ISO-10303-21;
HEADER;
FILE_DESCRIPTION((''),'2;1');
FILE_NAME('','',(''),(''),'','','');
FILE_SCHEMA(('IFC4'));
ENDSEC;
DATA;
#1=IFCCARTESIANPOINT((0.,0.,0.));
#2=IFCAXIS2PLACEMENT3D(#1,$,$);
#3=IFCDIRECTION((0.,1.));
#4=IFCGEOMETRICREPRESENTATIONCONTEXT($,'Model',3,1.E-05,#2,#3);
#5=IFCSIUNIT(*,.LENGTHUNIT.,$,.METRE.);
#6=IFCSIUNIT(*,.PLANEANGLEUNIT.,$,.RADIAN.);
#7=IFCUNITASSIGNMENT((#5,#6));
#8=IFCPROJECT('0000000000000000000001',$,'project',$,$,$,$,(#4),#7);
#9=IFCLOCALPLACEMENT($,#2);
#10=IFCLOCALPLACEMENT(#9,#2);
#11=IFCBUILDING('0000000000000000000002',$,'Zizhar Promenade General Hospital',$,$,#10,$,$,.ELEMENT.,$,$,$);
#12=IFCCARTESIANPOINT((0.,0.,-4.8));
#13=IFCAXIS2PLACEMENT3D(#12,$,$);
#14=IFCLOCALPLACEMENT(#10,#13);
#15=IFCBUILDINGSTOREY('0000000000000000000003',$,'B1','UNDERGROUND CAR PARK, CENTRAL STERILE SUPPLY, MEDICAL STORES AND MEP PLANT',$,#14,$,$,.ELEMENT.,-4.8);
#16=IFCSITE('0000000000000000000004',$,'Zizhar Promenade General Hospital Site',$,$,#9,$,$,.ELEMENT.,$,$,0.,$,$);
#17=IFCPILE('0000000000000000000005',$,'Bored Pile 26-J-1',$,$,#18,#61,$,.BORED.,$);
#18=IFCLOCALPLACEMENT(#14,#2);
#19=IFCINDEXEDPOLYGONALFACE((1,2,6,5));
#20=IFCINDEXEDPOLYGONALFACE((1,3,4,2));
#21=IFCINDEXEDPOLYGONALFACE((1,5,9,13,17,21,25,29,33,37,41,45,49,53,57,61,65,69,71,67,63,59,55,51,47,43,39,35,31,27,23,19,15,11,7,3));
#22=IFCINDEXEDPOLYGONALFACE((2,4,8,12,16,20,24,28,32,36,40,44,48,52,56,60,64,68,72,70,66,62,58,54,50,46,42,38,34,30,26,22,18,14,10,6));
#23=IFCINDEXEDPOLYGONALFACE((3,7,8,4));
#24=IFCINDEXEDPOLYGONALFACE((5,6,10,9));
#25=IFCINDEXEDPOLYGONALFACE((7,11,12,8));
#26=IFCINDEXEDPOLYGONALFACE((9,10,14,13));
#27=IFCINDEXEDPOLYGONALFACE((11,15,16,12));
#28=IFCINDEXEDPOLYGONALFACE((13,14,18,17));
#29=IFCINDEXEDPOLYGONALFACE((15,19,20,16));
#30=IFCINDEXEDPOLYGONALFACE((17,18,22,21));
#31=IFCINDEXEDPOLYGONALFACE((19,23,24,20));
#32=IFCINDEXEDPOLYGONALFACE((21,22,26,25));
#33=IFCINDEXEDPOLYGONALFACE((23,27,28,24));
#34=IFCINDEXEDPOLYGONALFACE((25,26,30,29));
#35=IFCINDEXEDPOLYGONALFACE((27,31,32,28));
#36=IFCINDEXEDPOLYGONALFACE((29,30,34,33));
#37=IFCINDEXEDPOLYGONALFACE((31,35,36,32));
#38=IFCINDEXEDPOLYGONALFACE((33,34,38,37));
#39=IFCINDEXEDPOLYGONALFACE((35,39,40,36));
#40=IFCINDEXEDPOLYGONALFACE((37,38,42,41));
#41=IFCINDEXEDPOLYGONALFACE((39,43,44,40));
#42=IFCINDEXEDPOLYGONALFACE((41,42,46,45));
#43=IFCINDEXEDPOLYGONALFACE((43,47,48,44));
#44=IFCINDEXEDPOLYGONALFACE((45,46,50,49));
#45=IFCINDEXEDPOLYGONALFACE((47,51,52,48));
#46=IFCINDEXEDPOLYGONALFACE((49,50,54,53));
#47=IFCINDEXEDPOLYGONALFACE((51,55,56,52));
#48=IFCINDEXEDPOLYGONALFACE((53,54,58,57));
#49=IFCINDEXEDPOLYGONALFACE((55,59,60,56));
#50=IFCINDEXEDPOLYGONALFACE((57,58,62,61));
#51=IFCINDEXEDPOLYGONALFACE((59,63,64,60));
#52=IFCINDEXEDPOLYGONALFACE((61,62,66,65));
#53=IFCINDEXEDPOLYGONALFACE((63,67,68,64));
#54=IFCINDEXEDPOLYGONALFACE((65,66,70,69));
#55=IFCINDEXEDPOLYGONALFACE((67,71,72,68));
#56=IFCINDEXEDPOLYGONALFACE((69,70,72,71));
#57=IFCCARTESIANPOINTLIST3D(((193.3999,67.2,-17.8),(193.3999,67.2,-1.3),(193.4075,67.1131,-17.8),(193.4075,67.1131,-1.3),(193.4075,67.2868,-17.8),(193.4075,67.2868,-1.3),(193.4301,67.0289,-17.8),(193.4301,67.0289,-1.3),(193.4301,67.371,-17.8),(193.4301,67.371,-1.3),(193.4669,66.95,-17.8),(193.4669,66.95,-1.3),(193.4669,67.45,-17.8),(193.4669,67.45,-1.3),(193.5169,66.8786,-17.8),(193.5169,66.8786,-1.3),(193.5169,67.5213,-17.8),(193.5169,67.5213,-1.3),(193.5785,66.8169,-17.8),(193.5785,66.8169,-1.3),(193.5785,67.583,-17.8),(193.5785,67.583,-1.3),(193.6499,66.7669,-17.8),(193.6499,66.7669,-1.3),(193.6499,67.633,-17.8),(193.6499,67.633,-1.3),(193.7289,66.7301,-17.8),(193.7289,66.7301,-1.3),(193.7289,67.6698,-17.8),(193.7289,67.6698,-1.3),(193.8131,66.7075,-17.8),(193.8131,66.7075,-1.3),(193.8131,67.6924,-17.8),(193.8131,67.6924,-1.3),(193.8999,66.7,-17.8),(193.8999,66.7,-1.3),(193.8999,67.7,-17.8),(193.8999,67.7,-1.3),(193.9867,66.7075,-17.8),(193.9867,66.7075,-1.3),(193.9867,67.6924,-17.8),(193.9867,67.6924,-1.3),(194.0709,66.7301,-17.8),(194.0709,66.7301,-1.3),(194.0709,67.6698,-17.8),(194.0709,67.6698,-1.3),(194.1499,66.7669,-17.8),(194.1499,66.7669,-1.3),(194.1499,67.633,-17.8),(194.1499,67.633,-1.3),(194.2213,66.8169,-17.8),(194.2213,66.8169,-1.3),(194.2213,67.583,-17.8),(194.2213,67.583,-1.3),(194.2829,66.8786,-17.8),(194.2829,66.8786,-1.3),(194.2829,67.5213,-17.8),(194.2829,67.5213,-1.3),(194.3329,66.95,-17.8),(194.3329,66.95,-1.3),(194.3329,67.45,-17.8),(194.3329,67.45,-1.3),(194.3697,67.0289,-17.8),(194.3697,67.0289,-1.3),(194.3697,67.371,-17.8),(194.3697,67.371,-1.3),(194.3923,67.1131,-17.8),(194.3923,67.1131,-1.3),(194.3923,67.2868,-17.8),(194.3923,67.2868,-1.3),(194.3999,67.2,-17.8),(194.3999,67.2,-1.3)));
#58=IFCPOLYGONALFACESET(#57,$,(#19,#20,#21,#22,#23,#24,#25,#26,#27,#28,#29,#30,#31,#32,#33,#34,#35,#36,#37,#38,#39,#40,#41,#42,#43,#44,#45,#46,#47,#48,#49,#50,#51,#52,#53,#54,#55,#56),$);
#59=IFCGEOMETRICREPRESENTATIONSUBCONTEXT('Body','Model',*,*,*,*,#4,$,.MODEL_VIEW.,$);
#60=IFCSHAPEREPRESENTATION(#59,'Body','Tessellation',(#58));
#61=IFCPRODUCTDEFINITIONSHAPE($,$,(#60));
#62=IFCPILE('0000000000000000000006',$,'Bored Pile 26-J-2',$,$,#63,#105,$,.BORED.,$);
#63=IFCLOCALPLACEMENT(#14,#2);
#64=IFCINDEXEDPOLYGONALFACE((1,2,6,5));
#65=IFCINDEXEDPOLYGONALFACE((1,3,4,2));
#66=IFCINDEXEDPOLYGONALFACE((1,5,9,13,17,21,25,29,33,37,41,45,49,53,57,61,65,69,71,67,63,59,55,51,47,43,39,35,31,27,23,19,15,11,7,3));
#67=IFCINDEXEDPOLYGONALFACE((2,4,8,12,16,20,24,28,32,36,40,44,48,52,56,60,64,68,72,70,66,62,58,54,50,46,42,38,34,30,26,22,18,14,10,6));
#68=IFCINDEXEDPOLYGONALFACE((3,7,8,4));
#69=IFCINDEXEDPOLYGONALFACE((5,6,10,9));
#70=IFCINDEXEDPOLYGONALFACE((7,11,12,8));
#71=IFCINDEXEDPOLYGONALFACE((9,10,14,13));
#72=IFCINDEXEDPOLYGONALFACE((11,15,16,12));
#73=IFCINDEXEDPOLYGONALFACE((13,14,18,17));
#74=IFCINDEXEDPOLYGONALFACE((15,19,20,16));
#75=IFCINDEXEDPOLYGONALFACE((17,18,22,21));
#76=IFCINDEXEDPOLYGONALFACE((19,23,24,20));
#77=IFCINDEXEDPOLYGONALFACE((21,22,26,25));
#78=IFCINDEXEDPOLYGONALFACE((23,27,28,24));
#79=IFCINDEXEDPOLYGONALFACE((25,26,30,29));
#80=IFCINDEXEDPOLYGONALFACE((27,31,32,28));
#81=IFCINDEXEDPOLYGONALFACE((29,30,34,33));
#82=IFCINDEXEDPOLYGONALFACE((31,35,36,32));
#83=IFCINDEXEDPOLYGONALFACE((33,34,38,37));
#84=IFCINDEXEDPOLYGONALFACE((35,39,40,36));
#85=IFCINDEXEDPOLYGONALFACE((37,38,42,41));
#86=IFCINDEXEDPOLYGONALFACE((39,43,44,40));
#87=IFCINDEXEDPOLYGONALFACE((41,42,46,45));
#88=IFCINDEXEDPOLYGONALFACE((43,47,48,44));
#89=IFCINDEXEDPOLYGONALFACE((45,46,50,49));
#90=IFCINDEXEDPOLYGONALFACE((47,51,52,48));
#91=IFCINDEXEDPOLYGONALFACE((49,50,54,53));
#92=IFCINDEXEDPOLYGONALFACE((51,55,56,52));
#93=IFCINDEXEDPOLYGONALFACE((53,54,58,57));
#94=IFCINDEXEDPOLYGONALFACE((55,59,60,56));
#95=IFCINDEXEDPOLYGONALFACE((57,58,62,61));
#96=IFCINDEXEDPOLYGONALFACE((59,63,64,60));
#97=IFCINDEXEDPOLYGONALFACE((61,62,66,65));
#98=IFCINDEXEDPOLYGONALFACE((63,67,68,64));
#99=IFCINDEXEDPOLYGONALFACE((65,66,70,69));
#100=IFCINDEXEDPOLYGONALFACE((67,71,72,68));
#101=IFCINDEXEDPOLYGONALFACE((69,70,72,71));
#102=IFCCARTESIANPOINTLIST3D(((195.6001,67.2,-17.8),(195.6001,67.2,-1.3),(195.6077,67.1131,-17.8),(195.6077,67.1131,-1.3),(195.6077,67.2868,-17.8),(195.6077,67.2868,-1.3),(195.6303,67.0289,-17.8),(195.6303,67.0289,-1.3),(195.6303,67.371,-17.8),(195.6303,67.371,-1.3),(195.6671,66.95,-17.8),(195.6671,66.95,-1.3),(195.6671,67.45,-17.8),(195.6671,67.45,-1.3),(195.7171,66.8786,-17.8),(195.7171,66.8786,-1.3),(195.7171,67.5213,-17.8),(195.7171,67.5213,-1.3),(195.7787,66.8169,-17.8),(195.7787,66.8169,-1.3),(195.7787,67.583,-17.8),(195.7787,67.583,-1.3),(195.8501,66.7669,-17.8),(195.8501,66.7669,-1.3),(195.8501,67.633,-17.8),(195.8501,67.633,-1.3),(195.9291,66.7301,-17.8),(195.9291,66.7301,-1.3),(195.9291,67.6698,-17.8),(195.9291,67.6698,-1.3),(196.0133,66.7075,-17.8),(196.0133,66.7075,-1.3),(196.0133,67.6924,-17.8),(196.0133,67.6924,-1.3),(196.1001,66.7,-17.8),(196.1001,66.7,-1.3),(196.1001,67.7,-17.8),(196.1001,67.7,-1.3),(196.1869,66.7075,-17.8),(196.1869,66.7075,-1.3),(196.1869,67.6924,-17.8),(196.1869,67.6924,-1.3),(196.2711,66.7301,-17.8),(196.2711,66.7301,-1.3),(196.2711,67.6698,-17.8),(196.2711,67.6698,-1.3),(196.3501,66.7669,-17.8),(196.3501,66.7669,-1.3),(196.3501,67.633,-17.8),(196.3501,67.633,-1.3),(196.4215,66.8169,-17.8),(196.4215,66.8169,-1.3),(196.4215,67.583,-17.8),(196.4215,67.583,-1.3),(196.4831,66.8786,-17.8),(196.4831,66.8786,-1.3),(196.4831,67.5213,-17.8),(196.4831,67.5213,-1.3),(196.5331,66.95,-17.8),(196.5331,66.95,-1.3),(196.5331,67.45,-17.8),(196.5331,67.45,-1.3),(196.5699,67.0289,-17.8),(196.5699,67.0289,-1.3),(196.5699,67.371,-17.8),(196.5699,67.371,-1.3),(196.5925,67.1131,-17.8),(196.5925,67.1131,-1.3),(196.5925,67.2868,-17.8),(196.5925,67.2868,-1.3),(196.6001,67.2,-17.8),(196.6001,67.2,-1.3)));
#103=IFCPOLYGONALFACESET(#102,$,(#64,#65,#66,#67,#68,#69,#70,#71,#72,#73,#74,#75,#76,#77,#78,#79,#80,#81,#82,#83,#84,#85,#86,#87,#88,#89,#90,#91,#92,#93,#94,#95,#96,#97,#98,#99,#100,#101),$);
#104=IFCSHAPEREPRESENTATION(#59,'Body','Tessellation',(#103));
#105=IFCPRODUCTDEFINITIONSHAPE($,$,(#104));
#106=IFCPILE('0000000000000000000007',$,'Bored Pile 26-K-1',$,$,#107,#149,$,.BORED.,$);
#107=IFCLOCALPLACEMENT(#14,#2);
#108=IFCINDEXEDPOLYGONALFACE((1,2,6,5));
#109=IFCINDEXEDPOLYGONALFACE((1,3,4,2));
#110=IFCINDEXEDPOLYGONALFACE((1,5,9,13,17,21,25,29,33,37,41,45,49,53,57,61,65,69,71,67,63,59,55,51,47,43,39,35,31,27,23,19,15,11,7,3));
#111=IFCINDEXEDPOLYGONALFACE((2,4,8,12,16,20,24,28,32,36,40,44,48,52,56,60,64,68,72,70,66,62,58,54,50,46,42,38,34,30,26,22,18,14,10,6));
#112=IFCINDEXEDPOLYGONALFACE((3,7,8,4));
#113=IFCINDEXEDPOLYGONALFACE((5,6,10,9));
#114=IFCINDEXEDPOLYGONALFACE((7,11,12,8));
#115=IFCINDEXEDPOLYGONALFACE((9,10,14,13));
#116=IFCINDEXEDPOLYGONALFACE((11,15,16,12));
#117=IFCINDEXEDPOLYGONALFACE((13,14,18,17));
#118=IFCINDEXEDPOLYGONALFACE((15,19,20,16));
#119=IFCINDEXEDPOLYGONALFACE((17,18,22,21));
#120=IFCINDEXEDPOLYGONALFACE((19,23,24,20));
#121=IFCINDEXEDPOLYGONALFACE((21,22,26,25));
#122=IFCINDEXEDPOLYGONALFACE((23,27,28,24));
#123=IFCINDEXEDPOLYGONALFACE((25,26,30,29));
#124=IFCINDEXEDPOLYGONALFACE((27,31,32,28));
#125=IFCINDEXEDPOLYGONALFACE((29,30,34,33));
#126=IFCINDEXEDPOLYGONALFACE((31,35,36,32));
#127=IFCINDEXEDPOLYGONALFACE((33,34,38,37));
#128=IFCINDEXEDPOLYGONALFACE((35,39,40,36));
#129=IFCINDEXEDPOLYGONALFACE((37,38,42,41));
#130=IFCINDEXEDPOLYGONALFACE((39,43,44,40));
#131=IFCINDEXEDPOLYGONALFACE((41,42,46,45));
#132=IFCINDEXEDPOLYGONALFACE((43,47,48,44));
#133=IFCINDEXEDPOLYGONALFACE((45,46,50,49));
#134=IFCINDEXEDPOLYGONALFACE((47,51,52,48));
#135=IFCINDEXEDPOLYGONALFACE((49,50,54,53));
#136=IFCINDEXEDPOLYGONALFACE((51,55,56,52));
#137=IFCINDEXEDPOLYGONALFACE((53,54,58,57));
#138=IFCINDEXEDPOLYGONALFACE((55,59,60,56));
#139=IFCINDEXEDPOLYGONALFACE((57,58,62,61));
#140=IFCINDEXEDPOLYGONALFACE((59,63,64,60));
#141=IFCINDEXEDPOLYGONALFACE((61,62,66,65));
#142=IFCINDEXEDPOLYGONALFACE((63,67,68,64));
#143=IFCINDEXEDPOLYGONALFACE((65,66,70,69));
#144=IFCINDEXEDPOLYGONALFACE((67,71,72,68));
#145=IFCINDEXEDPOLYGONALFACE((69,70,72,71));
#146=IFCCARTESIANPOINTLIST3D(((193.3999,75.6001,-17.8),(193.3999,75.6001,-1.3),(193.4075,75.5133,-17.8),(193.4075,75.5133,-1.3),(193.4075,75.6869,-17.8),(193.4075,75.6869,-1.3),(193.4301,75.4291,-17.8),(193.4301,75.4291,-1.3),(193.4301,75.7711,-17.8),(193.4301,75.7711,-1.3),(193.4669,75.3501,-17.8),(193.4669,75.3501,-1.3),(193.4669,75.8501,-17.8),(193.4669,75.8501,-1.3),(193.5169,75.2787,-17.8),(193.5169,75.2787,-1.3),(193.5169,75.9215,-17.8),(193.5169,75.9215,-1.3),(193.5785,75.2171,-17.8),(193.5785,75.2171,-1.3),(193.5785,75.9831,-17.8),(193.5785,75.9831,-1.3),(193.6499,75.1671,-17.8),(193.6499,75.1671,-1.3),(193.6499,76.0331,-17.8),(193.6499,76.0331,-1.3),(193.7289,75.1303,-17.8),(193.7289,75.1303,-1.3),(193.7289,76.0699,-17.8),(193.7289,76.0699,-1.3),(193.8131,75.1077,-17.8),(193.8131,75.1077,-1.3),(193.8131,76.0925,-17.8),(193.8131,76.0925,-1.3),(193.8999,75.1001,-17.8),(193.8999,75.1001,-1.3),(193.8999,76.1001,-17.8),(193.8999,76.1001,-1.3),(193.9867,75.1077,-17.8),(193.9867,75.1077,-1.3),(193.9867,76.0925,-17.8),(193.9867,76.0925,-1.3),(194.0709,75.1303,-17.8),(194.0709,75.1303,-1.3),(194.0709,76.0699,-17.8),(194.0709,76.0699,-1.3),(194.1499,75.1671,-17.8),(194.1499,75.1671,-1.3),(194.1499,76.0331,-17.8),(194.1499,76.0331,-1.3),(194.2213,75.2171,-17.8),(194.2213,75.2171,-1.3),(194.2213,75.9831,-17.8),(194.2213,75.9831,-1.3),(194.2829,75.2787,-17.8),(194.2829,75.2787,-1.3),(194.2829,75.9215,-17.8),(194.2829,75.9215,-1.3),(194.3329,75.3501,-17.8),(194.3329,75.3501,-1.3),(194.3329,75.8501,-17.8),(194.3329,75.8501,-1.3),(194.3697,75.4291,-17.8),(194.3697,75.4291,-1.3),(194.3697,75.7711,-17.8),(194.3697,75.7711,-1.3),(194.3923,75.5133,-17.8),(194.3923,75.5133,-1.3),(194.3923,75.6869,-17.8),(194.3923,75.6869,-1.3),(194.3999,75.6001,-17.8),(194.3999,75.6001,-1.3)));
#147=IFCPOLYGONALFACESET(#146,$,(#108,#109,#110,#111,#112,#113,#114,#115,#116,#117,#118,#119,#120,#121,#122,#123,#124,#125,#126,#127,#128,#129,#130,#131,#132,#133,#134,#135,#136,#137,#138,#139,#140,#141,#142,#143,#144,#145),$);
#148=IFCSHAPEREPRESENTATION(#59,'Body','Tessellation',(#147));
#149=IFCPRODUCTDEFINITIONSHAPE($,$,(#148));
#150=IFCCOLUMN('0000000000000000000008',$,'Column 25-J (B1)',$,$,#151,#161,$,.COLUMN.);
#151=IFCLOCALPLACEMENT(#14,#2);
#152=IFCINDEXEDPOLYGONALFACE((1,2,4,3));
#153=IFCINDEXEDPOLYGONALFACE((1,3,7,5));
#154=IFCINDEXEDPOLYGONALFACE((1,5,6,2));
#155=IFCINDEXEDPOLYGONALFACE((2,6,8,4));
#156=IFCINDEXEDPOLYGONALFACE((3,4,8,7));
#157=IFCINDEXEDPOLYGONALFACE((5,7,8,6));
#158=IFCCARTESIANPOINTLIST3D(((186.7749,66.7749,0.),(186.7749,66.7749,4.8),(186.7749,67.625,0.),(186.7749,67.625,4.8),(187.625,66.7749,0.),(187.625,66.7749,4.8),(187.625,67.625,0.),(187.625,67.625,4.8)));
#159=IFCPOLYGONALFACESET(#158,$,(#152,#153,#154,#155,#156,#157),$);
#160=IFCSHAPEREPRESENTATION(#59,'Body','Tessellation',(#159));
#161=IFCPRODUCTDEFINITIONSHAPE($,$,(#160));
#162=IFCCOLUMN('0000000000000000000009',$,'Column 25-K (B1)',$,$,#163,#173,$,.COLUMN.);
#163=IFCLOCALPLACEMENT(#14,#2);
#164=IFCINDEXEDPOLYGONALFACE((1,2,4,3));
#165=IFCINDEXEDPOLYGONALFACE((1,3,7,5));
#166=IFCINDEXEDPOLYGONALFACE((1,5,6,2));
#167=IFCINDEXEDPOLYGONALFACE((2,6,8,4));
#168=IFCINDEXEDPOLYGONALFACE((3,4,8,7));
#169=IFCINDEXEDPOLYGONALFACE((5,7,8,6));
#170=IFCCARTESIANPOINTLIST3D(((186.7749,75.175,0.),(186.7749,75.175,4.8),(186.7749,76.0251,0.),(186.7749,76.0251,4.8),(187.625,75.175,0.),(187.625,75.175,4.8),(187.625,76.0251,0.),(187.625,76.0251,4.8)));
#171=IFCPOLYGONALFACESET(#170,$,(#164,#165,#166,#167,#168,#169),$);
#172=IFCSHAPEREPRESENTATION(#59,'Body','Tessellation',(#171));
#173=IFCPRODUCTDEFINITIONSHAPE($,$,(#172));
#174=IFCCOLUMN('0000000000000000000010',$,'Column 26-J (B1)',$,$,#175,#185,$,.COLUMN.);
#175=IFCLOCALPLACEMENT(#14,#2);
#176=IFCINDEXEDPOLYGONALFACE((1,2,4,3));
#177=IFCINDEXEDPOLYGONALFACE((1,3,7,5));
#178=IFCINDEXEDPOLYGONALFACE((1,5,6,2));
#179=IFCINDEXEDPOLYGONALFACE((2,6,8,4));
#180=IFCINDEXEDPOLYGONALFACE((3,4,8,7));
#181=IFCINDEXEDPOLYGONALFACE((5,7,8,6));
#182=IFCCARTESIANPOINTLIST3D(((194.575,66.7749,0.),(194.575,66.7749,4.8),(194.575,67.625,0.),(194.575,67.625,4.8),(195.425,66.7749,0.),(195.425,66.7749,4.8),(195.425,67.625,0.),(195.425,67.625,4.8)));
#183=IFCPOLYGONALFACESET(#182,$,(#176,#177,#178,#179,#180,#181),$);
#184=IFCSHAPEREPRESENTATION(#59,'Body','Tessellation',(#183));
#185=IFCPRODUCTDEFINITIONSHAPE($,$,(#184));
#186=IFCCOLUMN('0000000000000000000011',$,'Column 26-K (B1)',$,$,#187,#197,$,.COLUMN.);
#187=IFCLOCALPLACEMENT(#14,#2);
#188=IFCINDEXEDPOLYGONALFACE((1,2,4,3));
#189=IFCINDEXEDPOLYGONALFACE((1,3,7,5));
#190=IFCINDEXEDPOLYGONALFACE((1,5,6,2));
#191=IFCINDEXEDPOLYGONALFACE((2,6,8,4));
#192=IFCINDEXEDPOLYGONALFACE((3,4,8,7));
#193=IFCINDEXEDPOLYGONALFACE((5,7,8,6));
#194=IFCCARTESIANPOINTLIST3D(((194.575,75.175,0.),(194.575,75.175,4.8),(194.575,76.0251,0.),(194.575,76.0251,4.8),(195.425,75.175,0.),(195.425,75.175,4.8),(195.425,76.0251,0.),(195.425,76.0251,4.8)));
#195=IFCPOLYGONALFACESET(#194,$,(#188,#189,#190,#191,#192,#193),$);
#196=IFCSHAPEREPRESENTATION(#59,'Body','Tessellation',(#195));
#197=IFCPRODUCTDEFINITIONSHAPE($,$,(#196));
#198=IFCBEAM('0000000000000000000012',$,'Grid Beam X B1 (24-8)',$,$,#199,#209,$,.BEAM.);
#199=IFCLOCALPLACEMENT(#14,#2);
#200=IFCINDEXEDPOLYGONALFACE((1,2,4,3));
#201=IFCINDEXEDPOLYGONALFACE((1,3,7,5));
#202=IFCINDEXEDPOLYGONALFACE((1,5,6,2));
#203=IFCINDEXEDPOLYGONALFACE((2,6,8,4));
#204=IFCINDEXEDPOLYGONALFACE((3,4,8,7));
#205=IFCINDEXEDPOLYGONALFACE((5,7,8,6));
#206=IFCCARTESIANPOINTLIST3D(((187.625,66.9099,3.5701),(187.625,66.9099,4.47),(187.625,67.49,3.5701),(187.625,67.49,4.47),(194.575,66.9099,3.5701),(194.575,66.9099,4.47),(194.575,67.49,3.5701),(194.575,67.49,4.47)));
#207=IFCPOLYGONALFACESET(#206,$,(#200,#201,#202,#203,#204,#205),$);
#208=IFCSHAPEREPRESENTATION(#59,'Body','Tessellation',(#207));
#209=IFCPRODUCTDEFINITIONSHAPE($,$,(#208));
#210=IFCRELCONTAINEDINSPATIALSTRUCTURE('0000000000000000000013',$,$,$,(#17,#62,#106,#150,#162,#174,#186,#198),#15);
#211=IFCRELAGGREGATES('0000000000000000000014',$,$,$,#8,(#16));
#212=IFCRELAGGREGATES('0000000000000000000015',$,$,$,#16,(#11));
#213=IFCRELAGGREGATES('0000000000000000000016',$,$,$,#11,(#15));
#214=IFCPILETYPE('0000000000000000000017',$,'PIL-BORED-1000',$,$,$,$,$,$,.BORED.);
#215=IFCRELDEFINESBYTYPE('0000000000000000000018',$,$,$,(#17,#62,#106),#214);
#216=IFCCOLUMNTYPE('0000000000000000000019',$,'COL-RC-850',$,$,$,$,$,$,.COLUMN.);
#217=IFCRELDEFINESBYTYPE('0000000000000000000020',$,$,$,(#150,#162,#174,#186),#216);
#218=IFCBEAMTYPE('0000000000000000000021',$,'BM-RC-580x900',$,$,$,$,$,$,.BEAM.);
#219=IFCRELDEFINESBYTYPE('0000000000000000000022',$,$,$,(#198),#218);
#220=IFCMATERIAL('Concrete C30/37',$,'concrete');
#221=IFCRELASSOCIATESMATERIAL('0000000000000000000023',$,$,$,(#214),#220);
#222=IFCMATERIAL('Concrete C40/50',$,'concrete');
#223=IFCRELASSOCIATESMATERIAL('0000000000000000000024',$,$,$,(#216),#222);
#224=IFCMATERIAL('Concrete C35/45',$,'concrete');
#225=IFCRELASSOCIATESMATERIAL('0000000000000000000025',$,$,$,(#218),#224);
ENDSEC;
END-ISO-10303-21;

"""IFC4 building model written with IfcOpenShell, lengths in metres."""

from ifc_helpers import new_model, si_unit, direction, frame, origin, origin_2d, place, context, subcontext, project, spatial, rectangle, circle, extrude, material, material_profile, profile_set, type_object, element, save


model = new_model("IFC4")

# Units and contexts
model_context = context("Model", 3, precision=1e-05, world=origin(), true_north=direction((0.0, 1.0)))
body_context = subcontext(model_context, "Body", "Model", "MODEL_VIEW")
ifc_project = project(units=[si_unit("LENGTHUNIT", "METRE"), si_unit("PLANEANGLEUNIT", "RADIAN")], contexts=[model_context])

# Site, building, storey
site_placement = place(None, origin())
site = spatial("IfcSite", under=ifc_project, at=site_placement, Name="Zizhar Promenade General Hospital Site", CompositionType="ELEMENT", RefElevation=0.0)
building_placement = place(site_placement, origin())
building = spatial("IfcBuilding", under=site, at=building_placement, Name="Zizhar Promenade General Hospital", CompositionType="ELEMENT")
storey_placement = place(building_placement, frame((0.0, 0.0, -4.8)))
storey = spatial("IfcBuildingStorey", under=building, at=storey_placement, Name="B1", Description="UNDERGROUND CAR PARK, CENTRAL STERILE SUPPLY, MEDICAL STORES AND MEP PLANT", CompositionType="ELEMENT", Elevation=-4.8)

# Piles
ifc_material_1 = material(Name="Concrete C30/37", Category="concrete")
ifc_material_profile_1 = material_profile(ifc_material_1, circle(Radius=0.5, at=origin_2d()))
ifc_profile_set_1 = profile_set([ifc_material_profile_1], Name="Concrete C30/37")
pile_type = type_object("IfcPileType", Name="PIL-BORED-1000", PredefinedType="BORED", material=ifc_profile_set_1)
for number, where, z_axis, x_axis, name in (
    (1, (193.8999, 67.2, -1.3), (0.0, 0.0, -1.0), (1.0, 0.0, 0.0), "Bored Pile 26-J-1"),
    (2, (196.1001, 67.2, -1.3), (0.0, 0.0, -1.0), (1.0, 0.0, 0.0), "Bored Pile 26-J-2"),
    (3, (193.8999, 75.6001, -1.3), (0.0, 0.0, -1.0), (1.0, 0.0, 0.0), "Bored Pile 26-K-1"),
):
    element("IfcPile", number, at=place(storey_placement, frame(where, z_axis=z_axis, x_axis=x_axis)), inside=storey, type_object=pile_type, Name=name, PredefinedType="BORED", context=body_context, shape_type="SweptSolid", body=[
        extrude(circle(Radius=0.5, at=origin_2d()), origin(), (0.0, 0.0, 1.0), 16.5),
    ])

# Columns
ifc_material_2 = material(Name="Concrete C40/50", Category="concrete")
ifc_material_profile_2 = material_profile(ifc_material_2, rectangle(XDim=0.8501, YDim=0.8501, at=origin_2d()))
ifc_profile_set_2 = profile_set([ifc_material_profile_2], Name="Concrete C40/50")
column_type = type_object("IfcColumnType", Name="COL-RC-850", PredefinedType="COLUMN", material=ifc_profile_set_2)
for number, where, z_axis, x_axis, name in (
    (4, (187.2, 67.2, 0.0), (0.0, 0.0, 1.0), (1.0, 0.0, 0.0), "Column 25-J (B1)"),
    (5, (187.2, 75.6001, 0.0), (0.0, 0.0, 1.0), (1.0, 0.0, 0.0), "Column 25-K (B1)"),
    (6, (195.0, 67.2, 0.0), (0.0, 0.0, 1.0), (1.0, 0.0, 0.0), "Column 26-J (B1)"),
    (7, (195.0, 75.6001, 0.0), (0.0, 0.0, 1.0), (1.0, 0.0, 0.0), "Column 26-K (B1)"),
):
    element("IfcColumn", number, at=place(storey_placement, frame(where, z_axis=z_axis, x_axis=x_axis)), inside=storey, type_object=column_type, Name=name, PredefinedType="COLUMN", context=body_context, shape_type="SweptSolid", body=[
        extrude(rectangle(XDim=0.8501, YDim=0.8501, at=origin_2d()), origin(), (0.0, 0.0, 1.0), 4.8),
    ])

# Beam
ifc_material_3 = material(Name="Concrete C35/45", Category="concrete")
ifc_material_profile_3 = material_profile(ifc_material_3, rectangle(XDim=0.5801, YDim=0.8999, at=origin_2d()))
ifc_profile_set_3 = profile_set([ifc_material_profile_3], Name="Concrete C35/45")
beam_type_1 = type_object("IfcBeamType", Name="BM-RC-580x900", PredefinedType="BEAM", material=ifc_profile_set_3)
for number, where, z_axis, x_axis, name in (
    (8, (187.625, 67.2, 4.02), (1.0, 0.0, 0.0), (0.0, 1.0, 0.0), "Grid Beam X B1 (24-8)"),
):
    element("IfcBeam", number, at=place(storey_placement, frame(where, z_axis=z_axis, x_axis=x_axis)), inside=storey, type_object=beam_type_1, Name=name, PredefinedType="BEAM", context=body_context, shape_type="SweptSolid", body=[
        extrude(rectangle(XDim=0.5801, YDim=0.8999, at=origin_2d()), origin(), (0.0, 0.0, 1.0), 6.95),
    ])

save(model, "model.ifc")
